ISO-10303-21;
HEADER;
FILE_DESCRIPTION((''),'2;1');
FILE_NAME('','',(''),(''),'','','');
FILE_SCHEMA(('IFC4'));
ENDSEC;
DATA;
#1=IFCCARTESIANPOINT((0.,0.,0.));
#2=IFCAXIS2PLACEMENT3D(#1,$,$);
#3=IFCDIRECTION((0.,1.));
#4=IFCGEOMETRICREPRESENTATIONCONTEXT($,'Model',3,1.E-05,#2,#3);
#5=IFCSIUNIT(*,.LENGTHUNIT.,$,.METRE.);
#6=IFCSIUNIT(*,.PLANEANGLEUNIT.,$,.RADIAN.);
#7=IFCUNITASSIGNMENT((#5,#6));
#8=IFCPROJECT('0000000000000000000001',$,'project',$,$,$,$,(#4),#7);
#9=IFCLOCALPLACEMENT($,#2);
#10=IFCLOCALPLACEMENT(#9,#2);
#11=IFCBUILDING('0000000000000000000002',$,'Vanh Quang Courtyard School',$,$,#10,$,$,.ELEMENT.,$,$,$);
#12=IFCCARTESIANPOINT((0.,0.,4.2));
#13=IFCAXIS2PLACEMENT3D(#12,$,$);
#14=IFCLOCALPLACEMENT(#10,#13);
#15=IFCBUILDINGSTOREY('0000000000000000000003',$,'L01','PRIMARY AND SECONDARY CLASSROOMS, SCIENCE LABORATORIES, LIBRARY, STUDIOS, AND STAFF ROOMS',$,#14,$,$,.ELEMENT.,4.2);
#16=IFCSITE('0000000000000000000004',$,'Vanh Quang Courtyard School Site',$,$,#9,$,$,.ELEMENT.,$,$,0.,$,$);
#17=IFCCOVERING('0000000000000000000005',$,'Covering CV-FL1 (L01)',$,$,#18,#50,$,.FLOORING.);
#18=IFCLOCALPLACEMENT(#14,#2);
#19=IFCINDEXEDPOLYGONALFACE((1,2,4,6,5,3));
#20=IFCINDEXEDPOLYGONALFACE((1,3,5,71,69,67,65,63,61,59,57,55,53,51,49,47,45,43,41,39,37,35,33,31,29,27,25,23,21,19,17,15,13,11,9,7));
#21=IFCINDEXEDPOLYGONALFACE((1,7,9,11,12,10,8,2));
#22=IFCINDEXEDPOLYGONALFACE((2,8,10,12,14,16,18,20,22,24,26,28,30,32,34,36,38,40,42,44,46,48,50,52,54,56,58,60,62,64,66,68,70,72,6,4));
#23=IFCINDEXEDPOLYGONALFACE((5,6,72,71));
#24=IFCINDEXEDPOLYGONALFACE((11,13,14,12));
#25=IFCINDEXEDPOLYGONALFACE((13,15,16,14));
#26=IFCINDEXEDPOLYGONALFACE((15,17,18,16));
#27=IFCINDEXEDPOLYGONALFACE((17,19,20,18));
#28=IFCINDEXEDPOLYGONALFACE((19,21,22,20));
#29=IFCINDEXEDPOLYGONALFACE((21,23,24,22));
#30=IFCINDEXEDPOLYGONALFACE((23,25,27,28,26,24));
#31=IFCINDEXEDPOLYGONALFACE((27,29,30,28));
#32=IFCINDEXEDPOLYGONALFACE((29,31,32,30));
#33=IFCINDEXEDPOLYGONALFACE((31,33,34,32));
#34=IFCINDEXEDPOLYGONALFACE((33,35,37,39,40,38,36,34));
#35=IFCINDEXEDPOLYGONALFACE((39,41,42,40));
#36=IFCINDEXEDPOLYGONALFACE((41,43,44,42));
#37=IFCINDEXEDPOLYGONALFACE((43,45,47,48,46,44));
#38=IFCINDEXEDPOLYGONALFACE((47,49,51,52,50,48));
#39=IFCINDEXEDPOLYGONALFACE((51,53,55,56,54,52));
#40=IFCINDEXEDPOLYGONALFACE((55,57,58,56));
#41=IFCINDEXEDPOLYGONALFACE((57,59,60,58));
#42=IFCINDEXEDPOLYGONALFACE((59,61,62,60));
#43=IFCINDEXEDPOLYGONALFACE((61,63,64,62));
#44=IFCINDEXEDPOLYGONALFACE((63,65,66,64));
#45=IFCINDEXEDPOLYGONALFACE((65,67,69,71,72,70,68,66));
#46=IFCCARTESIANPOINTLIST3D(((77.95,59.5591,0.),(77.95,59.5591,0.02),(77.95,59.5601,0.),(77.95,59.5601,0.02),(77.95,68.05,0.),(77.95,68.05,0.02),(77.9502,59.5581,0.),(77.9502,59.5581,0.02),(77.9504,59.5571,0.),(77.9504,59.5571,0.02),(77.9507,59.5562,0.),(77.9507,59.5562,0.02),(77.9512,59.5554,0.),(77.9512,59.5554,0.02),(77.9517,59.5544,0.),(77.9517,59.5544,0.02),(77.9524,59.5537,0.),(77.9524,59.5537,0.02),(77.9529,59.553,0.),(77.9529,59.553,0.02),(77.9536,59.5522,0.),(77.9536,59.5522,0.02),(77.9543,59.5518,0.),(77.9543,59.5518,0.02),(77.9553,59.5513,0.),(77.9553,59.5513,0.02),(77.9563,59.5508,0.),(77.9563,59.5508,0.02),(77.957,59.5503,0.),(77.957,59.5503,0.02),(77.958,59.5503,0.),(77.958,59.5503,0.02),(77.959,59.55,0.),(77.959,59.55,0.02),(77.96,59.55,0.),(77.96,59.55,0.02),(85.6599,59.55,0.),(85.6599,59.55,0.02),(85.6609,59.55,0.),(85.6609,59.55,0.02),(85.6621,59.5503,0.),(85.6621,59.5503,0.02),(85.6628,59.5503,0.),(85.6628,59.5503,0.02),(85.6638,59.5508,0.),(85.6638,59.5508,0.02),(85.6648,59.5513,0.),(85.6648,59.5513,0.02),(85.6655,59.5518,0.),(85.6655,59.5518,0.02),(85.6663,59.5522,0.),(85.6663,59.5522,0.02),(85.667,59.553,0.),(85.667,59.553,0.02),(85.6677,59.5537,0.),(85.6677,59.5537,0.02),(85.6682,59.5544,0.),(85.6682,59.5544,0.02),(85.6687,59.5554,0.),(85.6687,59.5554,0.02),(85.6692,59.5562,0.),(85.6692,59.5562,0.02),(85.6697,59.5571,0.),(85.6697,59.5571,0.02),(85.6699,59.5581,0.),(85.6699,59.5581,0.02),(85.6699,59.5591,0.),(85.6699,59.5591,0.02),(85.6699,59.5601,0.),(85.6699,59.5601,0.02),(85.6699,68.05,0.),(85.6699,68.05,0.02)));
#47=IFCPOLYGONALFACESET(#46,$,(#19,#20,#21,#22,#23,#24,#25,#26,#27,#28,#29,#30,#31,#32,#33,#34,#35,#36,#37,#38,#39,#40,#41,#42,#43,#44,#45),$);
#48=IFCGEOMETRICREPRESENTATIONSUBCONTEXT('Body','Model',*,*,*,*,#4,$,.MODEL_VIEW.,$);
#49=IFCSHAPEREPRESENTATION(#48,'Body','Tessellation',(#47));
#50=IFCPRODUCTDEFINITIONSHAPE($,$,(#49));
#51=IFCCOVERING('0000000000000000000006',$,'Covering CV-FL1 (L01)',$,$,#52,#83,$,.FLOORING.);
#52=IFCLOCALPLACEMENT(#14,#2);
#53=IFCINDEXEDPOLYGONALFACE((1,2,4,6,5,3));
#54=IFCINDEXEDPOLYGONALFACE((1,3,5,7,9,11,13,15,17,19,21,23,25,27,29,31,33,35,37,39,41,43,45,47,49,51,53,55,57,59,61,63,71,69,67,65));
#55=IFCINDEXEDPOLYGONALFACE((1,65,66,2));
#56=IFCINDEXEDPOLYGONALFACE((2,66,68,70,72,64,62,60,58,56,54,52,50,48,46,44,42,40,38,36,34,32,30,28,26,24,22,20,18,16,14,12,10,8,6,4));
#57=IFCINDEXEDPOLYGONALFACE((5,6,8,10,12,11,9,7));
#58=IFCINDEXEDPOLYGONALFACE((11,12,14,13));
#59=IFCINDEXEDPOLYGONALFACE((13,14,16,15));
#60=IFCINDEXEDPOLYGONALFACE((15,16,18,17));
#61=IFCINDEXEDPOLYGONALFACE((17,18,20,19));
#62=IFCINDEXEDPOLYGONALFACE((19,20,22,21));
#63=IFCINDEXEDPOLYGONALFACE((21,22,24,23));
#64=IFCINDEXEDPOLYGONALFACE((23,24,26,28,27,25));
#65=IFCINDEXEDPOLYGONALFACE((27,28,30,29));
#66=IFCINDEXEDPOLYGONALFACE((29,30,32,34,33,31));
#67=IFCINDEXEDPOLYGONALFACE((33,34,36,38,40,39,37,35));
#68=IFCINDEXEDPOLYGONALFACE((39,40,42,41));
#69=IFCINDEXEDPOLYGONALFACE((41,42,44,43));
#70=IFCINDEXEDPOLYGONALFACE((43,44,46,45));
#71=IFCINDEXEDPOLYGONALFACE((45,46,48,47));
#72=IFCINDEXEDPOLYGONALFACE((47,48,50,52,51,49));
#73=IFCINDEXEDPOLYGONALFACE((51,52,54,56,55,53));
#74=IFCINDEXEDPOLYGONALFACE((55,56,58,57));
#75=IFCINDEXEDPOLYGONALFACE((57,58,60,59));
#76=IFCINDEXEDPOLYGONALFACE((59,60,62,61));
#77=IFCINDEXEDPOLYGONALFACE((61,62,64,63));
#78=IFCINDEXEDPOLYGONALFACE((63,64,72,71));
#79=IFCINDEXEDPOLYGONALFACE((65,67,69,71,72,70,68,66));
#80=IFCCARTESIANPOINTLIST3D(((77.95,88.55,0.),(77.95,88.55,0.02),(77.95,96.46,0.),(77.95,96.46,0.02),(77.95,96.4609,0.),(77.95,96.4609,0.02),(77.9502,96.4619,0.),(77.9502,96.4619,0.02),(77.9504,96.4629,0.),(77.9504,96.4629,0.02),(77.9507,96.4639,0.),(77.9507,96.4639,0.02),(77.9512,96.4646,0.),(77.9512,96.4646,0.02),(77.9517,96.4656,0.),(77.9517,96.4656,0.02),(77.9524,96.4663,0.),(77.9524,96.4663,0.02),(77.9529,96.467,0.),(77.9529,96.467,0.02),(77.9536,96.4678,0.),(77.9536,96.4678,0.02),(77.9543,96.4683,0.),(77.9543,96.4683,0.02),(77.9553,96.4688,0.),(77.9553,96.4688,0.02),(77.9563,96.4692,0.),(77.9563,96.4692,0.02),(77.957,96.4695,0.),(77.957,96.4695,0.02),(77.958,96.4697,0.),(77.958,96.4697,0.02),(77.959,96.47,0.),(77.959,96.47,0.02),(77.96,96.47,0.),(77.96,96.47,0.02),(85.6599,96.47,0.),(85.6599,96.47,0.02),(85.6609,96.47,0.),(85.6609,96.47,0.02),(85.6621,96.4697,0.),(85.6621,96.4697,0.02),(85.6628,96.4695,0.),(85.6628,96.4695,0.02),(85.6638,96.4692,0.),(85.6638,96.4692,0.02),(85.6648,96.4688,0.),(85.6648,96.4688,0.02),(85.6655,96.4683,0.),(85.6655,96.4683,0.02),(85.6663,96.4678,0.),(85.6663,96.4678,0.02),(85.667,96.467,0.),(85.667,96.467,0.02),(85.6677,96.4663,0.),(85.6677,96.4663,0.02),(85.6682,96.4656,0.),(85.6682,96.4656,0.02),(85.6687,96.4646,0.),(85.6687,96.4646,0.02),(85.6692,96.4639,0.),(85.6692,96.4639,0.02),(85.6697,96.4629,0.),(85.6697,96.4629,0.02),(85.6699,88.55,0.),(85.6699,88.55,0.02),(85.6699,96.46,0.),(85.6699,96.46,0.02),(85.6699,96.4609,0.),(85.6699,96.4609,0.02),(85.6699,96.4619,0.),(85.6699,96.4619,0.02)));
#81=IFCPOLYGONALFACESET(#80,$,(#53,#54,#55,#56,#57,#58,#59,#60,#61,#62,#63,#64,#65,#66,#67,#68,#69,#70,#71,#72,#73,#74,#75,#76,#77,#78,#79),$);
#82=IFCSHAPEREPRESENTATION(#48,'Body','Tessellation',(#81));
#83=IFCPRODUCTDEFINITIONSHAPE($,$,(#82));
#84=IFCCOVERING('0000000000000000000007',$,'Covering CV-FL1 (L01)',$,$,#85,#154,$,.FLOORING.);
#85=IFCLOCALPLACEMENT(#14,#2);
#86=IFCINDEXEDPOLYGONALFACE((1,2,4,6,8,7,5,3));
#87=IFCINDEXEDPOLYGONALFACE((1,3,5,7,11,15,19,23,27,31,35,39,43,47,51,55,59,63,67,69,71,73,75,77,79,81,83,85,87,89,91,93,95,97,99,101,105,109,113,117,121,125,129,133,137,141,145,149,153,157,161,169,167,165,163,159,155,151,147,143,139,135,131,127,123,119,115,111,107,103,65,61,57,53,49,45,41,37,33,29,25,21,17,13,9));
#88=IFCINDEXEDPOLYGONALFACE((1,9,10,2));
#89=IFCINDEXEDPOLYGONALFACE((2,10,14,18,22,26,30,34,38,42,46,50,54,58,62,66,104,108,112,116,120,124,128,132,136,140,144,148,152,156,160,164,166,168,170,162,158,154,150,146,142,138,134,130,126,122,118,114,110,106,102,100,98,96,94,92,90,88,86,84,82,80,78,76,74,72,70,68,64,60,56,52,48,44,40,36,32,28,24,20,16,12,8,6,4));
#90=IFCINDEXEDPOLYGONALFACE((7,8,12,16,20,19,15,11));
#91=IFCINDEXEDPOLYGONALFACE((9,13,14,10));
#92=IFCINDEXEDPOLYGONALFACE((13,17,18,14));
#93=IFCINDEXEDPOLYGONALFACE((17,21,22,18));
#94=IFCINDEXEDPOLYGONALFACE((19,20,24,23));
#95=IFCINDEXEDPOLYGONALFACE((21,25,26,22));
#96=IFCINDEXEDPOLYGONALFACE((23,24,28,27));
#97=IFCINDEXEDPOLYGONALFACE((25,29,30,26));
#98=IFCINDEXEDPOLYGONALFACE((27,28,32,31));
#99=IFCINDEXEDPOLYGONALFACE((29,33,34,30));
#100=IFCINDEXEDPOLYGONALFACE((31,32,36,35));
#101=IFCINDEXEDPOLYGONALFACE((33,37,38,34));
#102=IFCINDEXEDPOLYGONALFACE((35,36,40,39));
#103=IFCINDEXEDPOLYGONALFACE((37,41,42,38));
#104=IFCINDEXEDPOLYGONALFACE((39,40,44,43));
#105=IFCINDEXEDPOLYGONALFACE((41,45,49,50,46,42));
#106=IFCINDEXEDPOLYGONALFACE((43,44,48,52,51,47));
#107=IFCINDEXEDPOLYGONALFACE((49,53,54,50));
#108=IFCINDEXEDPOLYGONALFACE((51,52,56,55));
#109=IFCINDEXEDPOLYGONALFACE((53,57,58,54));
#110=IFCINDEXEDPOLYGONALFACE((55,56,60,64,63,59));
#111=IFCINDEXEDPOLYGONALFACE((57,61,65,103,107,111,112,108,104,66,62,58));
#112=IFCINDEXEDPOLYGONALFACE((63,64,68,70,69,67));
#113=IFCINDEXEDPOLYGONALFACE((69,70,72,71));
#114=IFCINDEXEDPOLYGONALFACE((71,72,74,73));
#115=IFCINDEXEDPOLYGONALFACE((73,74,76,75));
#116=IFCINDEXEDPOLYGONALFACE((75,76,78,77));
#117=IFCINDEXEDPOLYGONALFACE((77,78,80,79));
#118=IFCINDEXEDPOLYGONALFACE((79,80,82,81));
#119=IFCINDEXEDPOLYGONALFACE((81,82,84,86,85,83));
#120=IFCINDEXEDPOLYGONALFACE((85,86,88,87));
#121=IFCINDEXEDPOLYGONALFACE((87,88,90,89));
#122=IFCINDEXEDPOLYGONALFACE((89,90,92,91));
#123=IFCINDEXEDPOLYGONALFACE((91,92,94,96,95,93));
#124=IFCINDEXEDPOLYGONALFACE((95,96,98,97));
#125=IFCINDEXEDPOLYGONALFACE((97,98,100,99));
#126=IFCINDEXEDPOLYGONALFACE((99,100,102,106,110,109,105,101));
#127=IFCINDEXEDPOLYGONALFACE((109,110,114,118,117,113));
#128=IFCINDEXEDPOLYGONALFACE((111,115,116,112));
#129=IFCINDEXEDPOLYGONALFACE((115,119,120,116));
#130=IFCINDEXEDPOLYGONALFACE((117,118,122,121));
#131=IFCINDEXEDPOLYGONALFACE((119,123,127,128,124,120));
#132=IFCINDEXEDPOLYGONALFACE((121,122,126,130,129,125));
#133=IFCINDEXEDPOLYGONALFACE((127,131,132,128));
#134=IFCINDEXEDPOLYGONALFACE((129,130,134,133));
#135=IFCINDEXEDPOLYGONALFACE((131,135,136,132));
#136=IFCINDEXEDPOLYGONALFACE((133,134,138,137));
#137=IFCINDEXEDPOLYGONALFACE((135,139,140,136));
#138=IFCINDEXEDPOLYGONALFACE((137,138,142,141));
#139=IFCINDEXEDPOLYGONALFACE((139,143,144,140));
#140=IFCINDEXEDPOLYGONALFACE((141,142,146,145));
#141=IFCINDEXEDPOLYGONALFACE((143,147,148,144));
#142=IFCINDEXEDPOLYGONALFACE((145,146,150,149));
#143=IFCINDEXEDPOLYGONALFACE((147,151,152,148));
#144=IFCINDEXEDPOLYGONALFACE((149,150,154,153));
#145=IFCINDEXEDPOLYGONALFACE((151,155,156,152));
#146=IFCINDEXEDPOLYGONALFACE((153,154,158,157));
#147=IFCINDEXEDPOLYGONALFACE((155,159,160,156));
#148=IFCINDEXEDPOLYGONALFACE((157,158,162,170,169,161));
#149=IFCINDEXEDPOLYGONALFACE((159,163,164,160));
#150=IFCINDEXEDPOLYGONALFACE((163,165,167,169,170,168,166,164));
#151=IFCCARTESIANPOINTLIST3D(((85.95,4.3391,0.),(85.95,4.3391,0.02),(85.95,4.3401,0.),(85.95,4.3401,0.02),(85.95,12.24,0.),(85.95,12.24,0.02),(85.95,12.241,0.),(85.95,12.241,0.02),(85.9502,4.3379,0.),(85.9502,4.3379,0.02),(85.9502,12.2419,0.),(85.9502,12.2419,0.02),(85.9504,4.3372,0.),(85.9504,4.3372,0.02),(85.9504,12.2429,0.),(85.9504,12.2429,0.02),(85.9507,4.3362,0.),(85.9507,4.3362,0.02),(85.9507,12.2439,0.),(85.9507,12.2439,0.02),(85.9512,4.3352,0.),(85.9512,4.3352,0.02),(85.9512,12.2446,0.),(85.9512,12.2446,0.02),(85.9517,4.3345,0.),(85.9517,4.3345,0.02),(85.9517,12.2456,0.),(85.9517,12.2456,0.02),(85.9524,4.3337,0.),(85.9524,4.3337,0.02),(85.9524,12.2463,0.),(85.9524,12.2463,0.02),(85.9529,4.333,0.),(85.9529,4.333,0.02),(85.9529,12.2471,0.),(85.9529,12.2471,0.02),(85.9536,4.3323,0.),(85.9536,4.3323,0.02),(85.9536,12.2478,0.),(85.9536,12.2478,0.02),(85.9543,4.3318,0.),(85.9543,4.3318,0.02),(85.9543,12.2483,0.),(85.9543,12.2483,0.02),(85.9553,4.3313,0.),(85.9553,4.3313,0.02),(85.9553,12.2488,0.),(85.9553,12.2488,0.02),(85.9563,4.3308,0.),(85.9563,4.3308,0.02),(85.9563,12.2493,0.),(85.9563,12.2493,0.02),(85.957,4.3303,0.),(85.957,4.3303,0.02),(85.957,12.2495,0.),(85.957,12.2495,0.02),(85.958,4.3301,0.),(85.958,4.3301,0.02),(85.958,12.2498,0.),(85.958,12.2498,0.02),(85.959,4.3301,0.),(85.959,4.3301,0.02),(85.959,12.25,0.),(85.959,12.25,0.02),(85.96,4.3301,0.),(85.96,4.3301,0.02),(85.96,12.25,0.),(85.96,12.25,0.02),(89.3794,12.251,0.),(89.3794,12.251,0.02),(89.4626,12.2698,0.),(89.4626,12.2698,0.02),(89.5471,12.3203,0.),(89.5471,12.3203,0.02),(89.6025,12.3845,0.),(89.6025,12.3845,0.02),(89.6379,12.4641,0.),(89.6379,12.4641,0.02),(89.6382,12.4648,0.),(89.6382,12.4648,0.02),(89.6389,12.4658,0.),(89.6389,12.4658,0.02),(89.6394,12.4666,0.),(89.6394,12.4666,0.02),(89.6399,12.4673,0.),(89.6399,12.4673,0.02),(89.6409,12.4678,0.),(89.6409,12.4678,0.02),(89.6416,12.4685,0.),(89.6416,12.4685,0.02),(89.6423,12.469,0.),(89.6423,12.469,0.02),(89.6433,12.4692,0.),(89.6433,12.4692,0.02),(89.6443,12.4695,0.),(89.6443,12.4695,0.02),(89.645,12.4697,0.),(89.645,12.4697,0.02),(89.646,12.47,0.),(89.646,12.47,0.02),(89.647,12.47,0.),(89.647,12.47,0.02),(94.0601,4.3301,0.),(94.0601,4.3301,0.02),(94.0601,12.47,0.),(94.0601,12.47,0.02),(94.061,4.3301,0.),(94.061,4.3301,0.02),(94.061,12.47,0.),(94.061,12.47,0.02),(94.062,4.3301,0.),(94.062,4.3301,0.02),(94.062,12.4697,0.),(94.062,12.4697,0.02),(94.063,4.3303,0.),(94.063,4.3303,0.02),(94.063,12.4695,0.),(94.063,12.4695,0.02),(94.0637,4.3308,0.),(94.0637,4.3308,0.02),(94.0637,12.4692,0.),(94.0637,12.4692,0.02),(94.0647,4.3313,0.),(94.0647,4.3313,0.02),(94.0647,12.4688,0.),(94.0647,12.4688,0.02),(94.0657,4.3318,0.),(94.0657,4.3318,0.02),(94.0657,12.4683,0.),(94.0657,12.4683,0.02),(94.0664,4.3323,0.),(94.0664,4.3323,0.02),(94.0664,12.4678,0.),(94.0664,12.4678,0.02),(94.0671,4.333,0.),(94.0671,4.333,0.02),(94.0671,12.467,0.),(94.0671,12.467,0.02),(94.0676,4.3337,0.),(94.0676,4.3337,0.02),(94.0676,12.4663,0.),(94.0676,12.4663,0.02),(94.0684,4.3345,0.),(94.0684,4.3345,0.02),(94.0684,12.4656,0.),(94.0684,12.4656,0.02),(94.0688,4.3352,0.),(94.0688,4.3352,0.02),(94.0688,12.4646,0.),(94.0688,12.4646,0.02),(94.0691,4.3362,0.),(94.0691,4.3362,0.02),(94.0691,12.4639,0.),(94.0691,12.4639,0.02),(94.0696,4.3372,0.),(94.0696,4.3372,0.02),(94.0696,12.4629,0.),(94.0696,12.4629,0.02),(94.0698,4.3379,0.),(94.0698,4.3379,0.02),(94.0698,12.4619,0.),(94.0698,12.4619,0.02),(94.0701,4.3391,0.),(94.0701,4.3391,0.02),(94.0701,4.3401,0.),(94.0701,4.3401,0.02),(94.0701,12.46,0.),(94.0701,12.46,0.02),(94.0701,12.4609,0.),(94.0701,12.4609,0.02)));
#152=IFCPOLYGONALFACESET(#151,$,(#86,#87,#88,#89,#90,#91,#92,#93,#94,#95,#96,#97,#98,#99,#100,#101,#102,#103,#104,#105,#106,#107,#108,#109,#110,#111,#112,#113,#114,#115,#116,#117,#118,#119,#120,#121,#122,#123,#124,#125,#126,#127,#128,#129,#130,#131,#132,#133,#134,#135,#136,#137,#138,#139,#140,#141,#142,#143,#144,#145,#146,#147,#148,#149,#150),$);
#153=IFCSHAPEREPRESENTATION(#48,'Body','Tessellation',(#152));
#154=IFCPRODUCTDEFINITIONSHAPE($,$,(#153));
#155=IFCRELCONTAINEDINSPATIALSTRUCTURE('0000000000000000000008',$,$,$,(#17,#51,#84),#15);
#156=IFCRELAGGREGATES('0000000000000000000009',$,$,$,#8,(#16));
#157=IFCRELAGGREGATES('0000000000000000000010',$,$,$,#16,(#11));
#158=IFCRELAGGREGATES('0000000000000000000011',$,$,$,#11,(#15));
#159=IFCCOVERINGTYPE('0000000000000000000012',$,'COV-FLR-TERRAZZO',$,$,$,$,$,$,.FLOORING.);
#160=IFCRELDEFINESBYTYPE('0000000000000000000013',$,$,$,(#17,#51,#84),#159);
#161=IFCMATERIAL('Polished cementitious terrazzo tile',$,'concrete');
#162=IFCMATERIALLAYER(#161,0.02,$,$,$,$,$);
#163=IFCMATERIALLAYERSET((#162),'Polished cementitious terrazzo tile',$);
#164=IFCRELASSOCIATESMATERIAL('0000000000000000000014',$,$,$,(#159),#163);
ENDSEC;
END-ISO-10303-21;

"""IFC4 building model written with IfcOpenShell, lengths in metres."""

from ifc_helpers import new_model, si_unit, direction, frame, origin, place, context, subcontext, project, spatial, polyline, outline, extrude, material, layer, layer_set, type_object, element, save


model = new_model("IFC4")

# Units and contexts
model_context = context("Model", 3, precision=1e-05, world=origin(), true_north=direction((0.0, 1.0)))
body_context = subcontext(model_context, "Body", "Model", "MODEL_VIEW")
ifc_project = project(units=[si_unit("LENGTHUNIT", "METRE"), si_unit("PLANEANGLEUNIT", "RADIAN")], contexts=[model_context])

# Site, building, storey
site_placement = place(None, origin())
site = spatial("IfcSite", under=ifc_project, at=site_placement, Name="Vanh Quang Courtyard School Site", CompositionType="ELEMENT", RefElevation=0.0)
building_placement = place(site_placement, origin())
building = spatial("IfcBuilding", under=site, at=building_placement, Name="Vanh Quang Courtyard School", CompositionType="ELEMENT")
storey_placement = place(building_placement, frame((0.0, 0.0, 4.2)))
storey = spatial("IfcBuildingStorey", under=building, at=storey_placement, Name="L01", Description="PRIMARY AND SECONDARY CLASSROOMS, SCIENCE LABORATORIES, LIBRARY, STUDIOS, AND STAFF ROOMS", CompositionType="ELEMENT", Elevation=4.2)

# Coverings
ifc_material_1 = material(Name="Polished cementitious terrazzo tile", Category="concrete")
ifc_layer_1 = layer(ifc_material_1, 0.02)
ifc_layer_set_1 = layer_set([ifc_layer_1], Name="Polished cementitious terrazzo tile")
covering_type_1 = type_object("IfcCoveringType", Name="COV-FLR-TERRAZZO", PredefinedType="FLOORING", material=ifc_layer_set_1)
covering_1_placement = place(storey_placement, origin())
element("IfcCovering", 1, at=covering_1_placement, inside=storey, type_object=covering_type_1, Name="Covering CV-FL1 (L01)", PredefinedType="FLOORING", context=body_context, shape_type="SweptSolid", body=[
    extrude(outline(polyline([(77.96, 59.55), (77.959, 59.55), (77.958, 59.5503), (77.957, 59.5503), (77.9563, 59.5508), (77.9553, 59.5513), (77.9543, 59.5518), (77.9536, 59.5522), (77.9529, 59.553), (77.9524, 59.5537), (77.9517, 59.5544), (77.9512, 59.5554), (77.9507, 59.5562), (77.9504, 59.5571), (77.9502, 59.5581), (77.95, 59.5591), (77.95, 59.5601), (77.95, 68.05), (85.6699, 68.05), (85.6699, 59.5601), (85.6699, 59.5591), (85.6699, 59.5581), (85.6697, 59.5571), (85.6692, 59.5562), (85.6687, 59.5554), (85.6682, 59.5544), (85.6677, 59.5537), (85.667, 59.553), (85.6663, 59.5522), (85.6655, 59.5518), (85.6648, 59.5513), (85.6638, 59.5508), (85.6628, 59.5503), (85.6621, 59.5503), (85.6609, 59.55), (85.6599, 59.55), (77.96, 59.55)])), origin(), (0.0, 0.0, 1.0), 0.02),
])
covering_2_placement = place(storey_placement, origin())
element("IfcCovering", 2, at=covering_2_placement, inside=storey, type_object=covering_type_1, Name="Covering CV-FL1 (L01)", PredefinedType="FLOORING", context=body_context, shape_type="SweptSolid", body=[
    extrude(outline(polyline([(77.95, 96.46), (77.95, 96.4609), (77.9502, 96.4619), (77.9504, 96.4629), (77.9507, 96.4639), (77.9512, 96.4646), (77.9517, 96.4656), (77.9524, 96.4663), (77.9529, 96.467), (77.9536, 96.4678), (77.9543, 96.4683), (77.9553, 96.4688), (77.9563, 96.4692), (77.957, 96.4695), (77.958, 96.4697), (77.959, 96.47), (77.96, 96.47), (85.6599, 96.47), (85.6609, 96.47), (85.6621, 96.4697), (85.6628, 96.4695), (85.6638, 96.4692), (85.6648, 96.4688), (85.6655, 96.4683), (85.6663, 96.4678), (85.667, 96.467), (85.6677, 96.4663), (85.6682, 96.4656), (85.6687, 96.4646), (85.6692, 96.4639), (85.6697, 96.4629), (85.6699, 96.4619), (85.6699, 96.4609), (85.6699, 96.46), (85.6699, 88.55), (77.95, 88.55), (77.95, 96.46)])), origin(), (0.0, 0.0, 1.0), 0.02),
])
covering_3_placement = place(storey_placement, origin())
element("IfcCovering", 3, at=covering_3_placement, inside=storey, type_object=covering_type_1, Name="Covering CV-FL1 (L01)", PredefinedType="FLOORING", context=body_context, shape_type="SweptSolid", body=[
    extrude(outline(polyline([(85.96, 4.3301), (85.959, 4.3301), (85.958, 4.3301), (85.957, 4.3303), (85.9563, 4.3308), (85.9553, 4.3313), (85.9543, 4.3318), (85.9536, 4.3323), (85.9529, 4.333), (85.9524, 4.3337), (85.9517, 4.3345), (85.9512, 4.3352), (85.9507, 4.3362), (85.9504, 4.3372), (85.9502, 4.3379), (85.95, 4.3391), (85.95, 4.3401), (85.95, 12.24), (85.95, 12.241), (85.9502, 12.2419), (85.9504, 12.2429), (85.9507, 12.2439), (85.9512, 12.2446), (85.9517, 12.2456), (85.9524, 12.2463), (85.9529, 12.2471), (85.9536, 12.2478), (85.9543, 12.2483), (85.9553, 12.2488), (85.9563, 12.2493), (85.957, 12.2495), (85.958, 12.2498), (85.959, 12.25), (85.96, 12.25), (89.3794, 12.251), (89.4626, 12.2698), (89.5471, 12.3203), (89.6025, 12.3845), (89.6379, 12.4641), (89.6382, 12.4648), (89.6389, 12.4658), (89.6394, 12.4666), (89.6399, 12.4673), (89.6409, 12.4678), (89.6416, 12.4685), (89.6423, 12.469), (89.6433, 12.4692), (89.6443, 12.4695), (89.645, 12.4697), (89.646, 12.47), (89.647, 12.47), (94.0601, 12.47), (94.061, 12.47), (94.062, 12.4697), (94.063, 12.4695), (94.0637, 12.4692), (94.0647, 12.4688), (94.0657, 12.4683), (94.0664, 12.4678), (94.0671, 12.467), (94.0676, 12.4663), (94.0684, 12.4656), (94.0688, 12.4646), (94.0691, 12.4639), (94.0696, 12.4629), (94.0698, 12.4619), (94.0701, 12.4609), (94.0701, 12.46), (94.0701, 4.3401), (94.0701, 4.3391), (94.0698, 4.3379), (94.0696, 4.3372), (94.0691, 4.3362), (94.0688, 4.3352), (94.0684, 4.3345), (94.0676, 4.3337), (94.0671, 4.333), (94.0664, 4.3323), (94.0657, 4.3318), (94.0647, 4.3313), (94.0637, 4.3308), (94.063, 4.3303), (94.062, 4.3301), (94.061, 4.3301), (94.0601, 4.3301), (85.96, 4.3301)])), origin(), (0.0, 0.0, 1.0), 0.02),
])

save(model, "model.ifc")
